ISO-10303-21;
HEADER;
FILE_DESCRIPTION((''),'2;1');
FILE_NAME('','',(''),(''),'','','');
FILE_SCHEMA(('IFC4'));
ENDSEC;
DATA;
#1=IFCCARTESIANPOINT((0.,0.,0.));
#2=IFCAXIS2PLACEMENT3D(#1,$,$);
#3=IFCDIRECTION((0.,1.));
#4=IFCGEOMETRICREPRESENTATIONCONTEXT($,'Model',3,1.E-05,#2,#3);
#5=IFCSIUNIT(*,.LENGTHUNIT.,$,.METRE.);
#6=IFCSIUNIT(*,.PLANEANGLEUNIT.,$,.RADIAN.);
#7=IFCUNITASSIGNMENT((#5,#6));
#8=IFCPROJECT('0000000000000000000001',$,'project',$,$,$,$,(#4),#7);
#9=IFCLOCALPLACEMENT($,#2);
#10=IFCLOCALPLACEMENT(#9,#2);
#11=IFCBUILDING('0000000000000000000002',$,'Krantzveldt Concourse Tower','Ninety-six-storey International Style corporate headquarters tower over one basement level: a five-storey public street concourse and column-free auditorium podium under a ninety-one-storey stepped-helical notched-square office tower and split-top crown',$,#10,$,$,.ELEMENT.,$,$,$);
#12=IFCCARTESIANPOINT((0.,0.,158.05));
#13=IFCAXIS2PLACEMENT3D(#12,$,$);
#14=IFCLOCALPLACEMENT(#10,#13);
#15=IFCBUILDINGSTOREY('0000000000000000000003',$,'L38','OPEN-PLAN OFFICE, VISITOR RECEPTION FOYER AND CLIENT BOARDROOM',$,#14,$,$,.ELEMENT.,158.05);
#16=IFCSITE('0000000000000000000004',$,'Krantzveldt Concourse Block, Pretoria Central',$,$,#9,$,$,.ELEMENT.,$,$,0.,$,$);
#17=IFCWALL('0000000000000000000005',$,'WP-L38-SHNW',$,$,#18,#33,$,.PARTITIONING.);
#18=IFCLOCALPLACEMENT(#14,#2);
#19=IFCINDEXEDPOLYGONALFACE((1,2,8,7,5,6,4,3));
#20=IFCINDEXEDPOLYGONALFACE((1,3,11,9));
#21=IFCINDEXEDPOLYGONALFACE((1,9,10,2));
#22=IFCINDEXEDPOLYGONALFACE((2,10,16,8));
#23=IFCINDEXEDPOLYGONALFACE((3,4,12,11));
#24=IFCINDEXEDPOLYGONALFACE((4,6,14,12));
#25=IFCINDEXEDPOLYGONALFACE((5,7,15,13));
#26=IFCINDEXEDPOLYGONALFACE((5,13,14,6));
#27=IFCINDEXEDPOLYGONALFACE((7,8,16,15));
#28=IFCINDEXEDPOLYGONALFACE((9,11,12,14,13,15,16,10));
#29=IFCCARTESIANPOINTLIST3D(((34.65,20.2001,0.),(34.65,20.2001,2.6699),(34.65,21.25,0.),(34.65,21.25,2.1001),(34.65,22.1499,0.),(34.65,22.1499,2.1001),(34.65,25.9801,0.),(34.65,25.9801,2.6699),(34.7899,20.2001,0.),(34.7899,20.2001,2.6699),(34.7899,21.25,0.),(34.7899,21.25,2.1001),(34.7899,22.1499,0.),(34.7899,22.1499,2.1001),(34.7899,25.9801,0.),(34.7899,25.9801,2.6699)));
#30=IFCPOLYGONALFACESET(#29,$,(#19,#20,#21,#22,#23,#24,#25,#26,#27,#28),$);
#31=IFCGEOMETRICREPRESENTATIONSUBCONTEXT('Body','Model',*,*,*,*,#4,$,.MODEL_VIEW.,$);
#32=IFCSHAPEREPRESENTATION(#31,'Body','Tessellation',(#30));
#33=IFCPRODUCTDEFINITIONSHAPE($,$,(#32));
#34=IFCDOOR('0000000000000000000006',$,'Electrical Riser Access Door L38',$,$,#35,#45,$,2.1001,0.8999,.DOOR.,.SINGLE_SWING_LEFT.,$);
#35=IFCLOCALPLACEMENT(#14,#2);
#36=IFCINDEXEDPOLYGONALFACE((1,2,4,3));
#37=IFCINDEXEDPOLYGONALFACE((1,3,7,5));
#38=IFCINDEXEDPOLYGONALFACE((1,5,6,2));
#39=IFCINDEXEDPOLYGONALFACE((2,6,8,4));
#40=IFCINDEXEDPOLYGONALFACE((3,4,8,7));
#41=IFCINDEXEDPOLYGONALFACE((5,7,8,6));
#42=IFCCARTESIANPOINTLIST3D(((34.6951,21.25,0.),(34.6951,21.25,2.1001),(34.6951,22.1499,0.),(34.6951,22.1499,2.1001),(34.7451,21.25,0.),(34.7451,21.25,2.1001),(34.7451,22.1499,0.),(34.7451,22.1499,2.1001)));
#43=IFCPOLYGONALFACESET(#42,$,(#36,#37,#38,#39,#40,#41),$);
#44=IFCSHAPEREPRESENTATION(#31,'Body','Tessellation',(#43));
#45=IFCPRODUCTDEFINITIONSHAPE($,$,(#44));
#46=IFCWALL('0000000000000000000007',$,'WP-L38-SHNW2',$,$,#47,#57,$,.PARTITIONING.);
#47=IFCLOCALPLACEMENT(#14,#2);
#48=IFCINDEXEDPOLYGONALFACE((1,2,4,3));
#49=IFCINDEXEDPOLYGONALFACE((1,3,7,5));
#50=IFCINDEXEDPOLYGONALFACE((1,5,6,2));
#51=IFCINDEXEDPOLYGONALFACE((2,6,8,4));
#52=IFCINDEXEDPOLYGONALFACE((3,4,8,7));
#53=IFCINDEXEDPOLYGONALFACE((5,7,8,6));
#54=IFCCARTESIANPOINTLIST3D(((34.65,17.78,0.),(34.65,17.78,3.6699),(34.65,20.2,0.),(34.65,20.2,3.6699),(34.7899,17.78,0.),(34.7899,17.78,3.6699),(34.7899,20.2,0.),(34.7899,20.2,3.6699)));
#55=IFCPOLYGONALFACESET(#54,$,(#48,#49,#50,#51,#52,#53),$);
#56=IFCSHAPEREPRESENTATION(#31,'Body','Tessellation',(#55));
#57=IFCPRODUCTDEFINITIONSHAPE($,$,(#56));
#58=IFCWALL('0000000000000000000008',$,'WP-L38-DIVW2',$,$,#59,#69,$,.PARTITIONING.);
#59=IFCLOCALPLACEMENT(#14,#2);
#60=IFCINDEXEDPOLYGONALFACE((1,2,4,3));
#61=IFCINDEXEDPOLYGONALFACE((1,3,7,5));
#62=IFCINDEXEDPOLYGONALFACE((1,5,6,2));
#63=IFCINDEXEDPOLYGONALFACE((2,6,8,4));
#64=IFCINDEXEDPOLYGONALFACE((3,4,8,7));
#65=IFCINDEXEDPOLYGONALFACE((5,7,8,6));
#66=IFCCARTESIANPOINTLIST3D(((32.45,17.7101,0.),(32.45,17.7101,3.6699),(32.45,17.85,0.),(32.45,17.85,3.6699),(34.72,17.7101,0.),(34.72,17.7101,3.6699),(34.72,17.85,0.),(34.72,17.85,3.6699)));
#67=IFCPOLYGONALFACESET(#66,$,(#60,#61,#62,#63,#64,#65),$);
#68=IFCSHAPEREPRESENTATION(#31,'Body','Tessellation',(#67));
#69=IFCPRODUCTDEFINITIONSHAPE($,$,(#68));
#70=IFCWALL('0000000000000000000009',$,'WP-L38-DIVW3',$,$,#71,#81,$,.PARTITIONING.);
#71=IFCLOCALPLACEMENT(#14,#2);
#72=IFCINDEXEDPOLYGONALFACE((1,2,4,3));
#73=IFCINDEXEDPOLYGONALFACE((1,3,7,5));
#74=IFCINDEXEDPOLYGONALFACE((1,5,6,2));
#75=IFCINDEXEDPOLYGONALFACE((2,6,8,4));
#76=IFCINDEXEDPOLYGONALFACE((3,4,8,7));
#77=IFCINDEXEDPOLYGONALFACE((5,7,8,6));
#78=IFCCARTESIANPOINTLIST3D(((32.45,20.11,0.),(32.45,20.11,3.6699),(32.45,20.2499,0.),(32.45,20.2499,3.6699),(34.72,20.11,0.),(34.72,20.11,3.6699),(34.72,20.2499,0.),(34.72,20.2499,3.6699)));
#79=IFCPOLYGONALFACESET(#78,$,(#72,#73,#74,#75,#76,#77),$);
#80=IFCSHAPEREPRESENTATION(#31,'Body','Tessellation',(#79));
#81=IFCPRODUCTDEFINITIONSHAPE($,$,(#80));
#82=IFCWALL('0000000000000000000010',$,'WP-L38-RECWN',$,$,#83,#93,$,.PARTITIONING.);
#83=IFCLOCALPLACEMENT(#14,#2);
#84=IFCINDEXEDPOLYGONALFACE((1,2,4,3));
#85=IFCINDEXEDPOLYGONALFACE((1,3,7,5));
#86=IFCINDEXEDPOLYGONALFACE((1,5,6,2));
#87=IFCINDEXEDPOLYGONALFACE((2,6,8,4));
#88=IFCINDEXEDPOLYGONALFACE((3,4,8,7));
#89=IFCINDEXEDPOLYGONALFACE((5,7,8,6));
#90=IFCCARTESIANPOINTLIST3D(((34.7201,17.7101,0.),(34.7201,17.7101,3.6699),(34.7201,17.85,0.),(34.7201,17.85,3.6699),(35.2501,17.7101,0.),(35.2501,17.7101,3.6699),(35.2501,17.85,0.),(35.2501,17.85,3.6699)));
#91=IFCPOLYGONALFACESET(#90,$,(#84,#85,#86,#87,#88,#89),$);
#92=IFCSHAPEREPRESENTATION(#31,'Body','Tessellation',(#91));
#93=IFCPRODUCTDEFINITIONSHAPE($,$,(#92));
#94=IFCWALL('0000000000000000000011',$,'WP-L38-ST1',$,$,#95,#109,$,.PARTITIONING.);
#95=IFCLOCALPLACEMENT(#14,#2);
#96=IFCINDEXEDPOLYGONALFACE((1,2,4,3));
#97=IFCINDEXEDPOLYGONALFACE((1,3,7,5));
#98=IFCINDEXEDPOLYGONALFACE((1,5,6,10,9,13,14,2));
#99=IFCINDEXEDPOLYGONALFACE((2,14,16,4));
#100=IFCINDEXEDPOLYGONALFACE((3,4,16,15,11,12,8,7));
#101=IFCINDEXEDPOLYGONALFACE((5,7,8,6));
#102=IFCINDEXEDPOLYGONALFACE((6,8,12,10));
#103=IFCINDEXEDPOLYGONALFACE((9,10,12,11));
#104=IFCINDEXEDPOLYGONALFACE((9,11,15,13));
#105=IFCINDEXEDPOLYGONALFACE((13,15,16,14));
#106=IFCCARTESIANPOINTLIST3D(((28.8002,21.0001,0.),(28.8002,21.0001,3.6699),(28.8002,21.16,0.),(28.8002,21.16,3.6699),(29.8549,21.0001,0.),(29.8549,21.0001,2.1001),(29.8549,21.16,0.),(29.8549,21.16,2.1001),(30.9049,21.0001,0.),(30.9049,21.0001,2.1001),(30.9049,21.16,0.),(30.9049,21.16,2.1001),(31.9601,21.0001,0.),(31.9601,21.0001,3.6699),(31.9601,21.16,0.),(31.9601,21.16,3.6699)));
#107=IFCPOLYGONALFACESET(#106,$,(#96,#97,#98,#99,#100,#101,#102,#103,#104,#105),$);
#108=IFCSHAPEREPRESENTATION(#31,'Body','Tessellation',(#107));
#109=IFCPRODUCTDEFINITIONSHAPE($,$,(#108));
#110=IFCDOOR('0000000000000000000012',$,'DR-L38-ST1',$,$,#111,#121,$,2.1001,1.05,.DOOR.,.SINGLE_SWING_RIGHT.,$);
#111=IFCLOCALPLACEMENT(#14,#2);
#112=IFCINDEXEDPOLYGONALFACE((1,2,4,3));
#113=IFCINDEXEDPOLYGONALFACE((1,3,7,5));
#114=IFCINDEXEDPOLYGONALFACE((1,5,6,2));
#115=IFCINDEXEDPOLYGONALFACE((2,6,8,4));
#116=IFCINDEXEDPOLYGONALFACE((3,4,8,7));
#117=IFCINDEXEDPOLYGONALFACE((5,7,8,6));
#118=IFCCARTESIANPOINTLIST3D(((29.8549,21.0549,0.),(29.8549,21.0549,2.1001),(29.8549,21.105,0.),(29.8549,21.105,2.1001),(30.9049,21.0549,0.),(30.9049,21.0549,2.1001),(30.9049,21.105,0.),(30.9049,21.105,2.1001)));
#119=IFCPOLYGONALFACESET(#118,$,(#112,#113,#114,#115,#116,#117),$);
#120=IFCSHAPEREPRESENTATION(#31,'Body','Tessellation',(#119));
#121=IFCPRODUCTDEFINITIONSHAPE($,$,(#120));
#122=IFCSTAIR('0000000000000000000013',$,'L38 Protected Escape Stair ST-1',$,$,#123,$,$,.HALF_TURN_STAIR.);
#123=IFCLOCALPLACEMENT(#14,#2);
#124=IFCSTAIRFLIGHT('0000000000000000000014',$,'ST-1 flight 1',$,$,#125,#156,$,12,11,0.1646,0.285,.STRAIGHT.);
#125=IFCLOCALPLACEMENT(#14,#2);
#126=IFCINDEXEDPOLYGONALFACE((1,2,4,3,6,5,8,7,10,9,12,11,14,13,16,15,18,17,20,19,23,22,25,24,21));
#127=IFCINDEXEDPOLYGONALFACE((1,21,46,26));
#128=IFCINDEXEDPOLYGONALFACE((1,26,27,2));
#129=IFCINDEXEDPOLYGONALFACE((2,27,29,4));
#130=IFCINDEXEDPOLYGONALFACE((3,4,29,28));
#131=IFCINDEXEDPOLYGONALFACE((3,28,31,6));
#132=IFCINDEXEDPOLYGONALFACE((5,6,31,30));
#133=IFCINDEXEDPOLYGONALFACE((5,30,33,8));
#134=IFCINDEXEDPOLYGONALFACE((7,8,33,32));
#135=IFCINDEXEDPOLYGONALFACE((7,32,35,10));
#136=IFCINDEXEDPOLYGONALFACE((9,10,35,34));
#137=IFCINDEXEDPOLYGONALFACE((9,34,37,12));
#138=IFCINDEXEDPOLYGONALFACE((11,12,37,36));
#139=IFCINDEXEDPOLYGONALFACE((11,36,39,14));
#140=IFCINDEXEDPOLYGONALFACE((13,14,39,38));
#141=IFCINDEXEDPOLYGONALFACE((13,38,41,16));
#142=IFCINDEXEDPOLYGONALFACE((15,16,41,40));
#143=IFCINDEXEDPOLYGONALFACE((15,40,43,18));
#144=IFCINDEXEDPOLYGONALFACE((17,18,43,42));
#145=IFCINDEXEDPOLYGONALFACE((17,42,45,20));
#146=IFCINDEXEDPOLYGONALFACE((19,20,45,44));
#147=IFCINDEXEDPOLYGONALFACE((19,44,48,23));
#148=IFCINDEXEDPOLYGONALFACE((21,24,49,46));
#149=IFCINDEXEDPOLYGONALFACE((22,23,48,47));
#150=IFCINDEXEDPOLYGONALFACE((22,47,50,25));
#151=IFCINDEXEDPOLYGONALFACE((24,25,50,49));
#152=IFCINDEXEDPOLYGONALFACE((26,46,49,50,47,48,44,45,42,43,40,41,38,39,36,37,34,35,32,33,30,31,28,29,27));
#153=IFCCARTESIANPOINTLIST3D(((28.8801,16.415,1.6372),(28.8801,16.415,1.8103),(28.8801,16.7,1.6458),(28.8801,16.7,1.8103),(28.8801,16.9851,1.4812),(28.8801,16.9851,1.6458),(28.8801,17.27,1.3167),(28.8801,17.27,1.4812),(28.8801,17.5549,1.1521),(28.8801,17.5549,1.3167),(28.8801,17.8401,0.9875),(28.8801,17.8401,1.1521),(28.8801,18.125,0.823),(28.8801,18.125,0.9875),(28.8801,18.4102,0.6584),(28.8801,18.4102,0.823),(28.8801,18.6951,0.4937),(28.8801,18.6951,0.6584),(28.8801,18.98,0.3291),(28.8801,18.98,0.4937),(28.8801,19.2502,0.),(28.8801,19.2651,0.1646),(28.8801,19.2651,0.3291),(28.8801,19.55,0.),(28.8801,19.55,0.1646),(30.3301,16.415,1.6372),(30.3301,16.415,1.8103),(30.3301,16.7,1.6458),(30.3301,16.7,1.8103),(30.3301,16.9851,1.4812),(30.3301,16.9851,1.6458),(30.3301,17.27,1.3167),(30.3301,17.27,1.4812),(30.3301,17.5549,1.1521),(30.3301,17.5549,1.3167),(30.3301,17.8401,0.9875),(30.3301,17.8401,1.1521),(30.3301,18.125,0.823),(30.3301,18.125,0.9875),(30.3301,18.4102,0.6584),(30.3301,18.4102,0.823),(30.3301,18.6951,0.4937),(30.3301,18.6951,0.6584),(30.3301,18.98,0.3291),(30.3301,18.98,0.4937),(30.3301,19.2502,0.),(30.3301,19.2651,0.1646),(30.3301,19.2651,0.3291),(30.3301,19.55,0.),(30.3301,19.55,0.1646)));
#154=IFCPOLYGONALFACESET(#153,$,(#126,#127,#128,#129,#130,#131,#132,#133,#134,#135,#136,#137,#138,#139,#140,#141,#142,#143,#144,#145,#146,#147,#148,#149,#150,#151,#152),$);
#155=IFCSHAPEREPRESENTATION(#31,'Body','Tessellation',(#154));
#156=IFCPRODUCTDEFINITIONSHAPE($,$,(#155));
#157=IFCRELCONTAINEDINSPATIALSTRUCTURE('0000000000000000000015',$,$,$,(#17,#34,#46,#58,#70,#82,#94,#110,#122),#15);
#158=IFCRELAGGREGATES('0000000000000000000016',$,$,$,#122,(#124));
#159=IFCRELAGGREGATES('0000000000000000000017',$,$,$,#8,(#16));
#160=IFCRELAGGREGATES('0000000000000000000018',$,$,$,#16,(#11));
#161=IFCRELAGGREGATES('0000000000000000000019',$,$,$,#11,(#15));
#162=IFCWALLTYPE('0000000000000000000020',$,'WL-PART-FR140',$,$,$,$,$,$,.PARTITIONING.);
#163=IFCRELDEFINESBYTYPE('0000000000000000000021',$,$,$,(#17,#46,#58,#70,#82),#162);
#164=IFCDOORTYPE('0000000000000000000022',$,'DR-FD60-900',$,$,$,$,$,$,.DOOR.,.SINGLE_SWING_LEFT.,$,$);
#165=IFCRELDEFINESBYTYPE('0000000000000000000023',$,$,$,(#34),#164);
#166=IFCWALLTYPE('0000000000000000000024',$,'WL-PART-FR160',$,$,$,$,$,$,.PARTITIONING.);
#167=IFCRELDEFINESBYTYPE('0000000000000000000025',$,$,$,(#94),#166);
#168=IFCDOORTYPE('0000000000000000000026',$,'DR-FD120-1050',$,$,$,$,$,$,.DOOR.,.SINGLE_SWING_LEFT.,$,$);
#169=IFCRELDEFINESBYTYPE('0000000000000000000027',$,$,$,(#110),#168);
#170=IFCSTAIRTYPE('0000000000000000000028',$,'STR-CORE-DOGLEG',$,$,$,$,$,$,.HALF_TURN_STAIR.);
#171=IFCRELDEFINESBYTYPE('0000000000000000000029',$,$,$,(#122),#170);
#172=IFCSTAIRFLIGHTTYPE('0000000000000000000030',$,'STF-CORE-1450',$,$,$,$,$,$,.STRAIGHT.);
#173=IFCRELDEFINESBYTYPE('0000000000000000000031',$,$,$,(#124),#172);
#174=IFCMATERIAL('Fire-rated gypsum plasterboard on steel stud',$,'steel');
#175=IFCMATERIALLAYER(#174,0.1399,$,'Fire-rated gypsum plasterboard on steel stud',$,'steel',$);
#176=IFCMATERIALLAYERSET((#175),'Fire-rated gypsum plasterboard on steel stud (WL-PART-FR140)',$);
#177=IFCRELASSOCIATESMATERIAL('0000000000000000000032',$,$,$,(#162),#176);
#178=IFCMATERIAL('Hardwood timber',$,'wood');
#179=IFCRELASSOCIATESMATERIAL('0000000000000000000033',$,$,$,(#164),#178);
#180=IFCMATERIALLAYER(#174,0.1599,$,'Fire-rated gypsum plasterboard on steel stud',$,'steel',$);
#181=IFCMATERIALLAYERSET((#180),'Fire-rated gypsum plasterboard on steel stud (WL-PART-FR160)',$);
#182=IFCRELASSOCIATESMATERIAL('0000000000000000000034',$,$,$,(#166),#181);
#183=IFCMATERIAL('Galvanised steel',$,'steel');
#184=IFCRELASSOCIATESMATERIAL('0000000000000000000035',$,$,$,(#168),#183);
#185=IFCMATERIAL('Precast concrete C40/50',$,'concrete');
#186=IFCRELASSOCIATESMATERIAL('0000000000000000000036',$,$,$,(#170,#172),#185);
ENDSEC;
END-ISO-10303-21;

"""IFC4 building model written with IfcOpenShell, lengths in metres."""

from ifc_helpers import new_model, si_unit, direction, frame, frame_2d, origin, place, context, subcontext, project, spatial, polyline, rectangle, outline, extrude, material, layer, layer_set, type_object, element, fill, aggregate, save


model = new_model("IFC4")

# Units and contexts
model_context = context("Model", 3, precision=1e-05, world=origin(), true_north=direction((0.0, 1.0)))
body_context = subcontext(model_context, "Body", "Model", "MODEL_VIEW")
ifc_project = project(units=[si_unit("LENGTHUNIT", "METRE"), si_unit("PLANEANGLEUNIT", "RADIAN")], contexts=[model_context])

# Site, building, storey
site_placement = place(None, origin())
site = spatial("IfcSite", under=ifc_project, at=site_placement, Name="Krantzveldt Concourse Block, Pretoria Central", CompositionType="ELEMENT", RefElevation=0.0)
building_placement = place(site_placement, origin())
building = spatial("IfcBuilding", under=site, at=building_placement, Name="Krantzveldt Concourse Tower", Description="Ninety-six-storey International Style corporate headquarters tower over one basement level: a five-storey public street concourse and column-free auditorium podium under a ninety-one-storey stepped-helical notched-square office tower and split-top crown", CompositionType="ELEMENT")
storey_placement = place(building_placement, frame((0.0, 0.0, 158.05)))
storey = spatial("IfcBuildingStorey", under=building, at=storey_placement, Name="L38", Description="OPEN-PLAN OFFICE, VISITOR RECEPTION FOYER AND CLIENT BOARDROOM", CompositionType="ELEMENT", Elevation=158.05)

# Wall, opening, door
ifc_material_1 = material(Name="Fire-rated gypsum plasterboard on steel stud", Category="steel")
ifc_layer_1 = layer(ifc_material_1, 0.1399, Name="Fire-rated gypsum plasterboard on steel stud", Category="steel")
ifc_layer_set_1 = layer_set([ifc_layer_1], Name="Fire-rated gypsum plasterboard on steel stud (WL-PART-FR140)")
wall_type_1 = type_object("IfcWallType", Name="WL-PART-FR140", PredefinedType="PARTITIONING", material=ifc_layer_set_1)
wall_1_placement = place(storey_placement, frame((34.72, 20.2, 0.0), z_axis=(0.0, 0.0, 1.0), x_axis=(0.0, 1.0, 0.0)))
wall_1 = element("IfcWall", 1, at=wall_1_placement, inside=storey, type_object=wall_type_1, Name="WP-L38-SHNW", PredefinedType="PARTITIONING", context=body_context, shape_type="SweptSolid", body=[
    extrude(rectangle(XDim=5.78, YDim=0.1399, at=frame_2d((2.8901, 0.0))), origin(), (0.0, 0.0, 1.0), 2.6699),
])
opening_1_placement = place(wall_1_placement, frame((1.05, 0.0, 0.0)))
opening_1 = element("IfcOpeningElement", 2, at=opening_1_placement, cuts=wall_1, PredefinedType="OPENING", context=body_context, shape_type="SweptSolid", body=[
    extrude(rectangle(XDim=0.8999, YDim=2.1001, at=frame_2d((0.45, 1.05))), frame((0.0, 0.0801, 0.0), z_axis=(0.0, -1.0, 0.0), x_axis=(1.0, 0.0, 0.0)), (0.0, 0.0, 1.0), 0.1599),
])
ifc_material_2 = material(Name="Hardwood timber", Category="wood")
door_type_1 = type_object("IfcDoorType", Name="DR-FD60-900", OperationType="SINGLE_SWING_LEFT", PredefinedType="DOOR", material=ifc_material_2)
door_1_placement = place(opening_1_placement, origin())
door_1 = element("IfcDoor", 3, at=door_1_placement, inside=storey, type_object=door_type_1, Name="Electrical Riser Access Door L38", OperationType="SINGLE_SWING_LEFT", OverallHeight=2.1001, OverallWidth=0.8999, PredefinedType="DOOR", context=body_context, shape_type="SweptSolid", body=[
    extrude(rectangle(XDim=0.8999, YDim=2.1001, at=frame_2d((0.45, 1.05))), frame((0.0, 0.0249, 0.0), z_axis=(0.0, -1.0, 0.0), x_axis=(1.0, 0.0, 0.0)), (0.0, 0.0, 1.0), 0.05),
])
fill(opening_1, door_1)

# Walls
wall_2_placement = place(storey_placement, frame((34.72, 17.78, 0.0), z_axis=(0.0, 0.0, 1.0), x_axis=(0.0, 1.0, 0.0)))
element("IfcWall", 4, at=wall_2_placement, inside=storey, type_object=wall_type_1, Name="WP-L38-SHNW2", PredefinedType="PARTITIONING", context=body_context, shape_type="SweptSolid", body=[
    extrude(rectangle(XDim=2.4199, YDim=0.1399, at=frame_2d((1.21, 0.0))), origin(), (0.0, 0.0, 1.0), 3.6699),
])
for number, where, z_axis, x_axis, name in (
    (5, (32.45, 17.78, 0.0), (0.0, 0.0, 1.0), (1.0, 0.0, 0.0), "WP-L38-DIVW2"),
    (6, (32.45, 20.1799, 0.0), (0.0, 0.0, 1.0), (1.0, 0.0, 0.0), "WP-L38-DIVW3"),
):
    element("IfcWall", number, at=place(storey_placement, frame(where, z_axis=z_axis, x_axis=x_axis)), inside=storey, type_object=wall_type_1, Name=name, PredefinedType="PARTITIONING", context=body_context, shape_type="SweptSolid", body=[
        extrude(rectangle(XDim=2.27, YDim=0.1399, at=frame_2d((1.135, 0.0))), origin(), (0.0, 0.0, 1.0), 3.6699),
    ])
wall_3_placement = place(storey_placement, frame((34.72, 17.78, 0.0), z_axis=(0.0, 0.0, 1.0), x_axis=(1.0, 0.0, 0.0)))
element("IfcWall", 7, at=wall_3_placement, inside=storey, type_object=wall_type_1, Name="WP-L38-RECWN", PredefinedType="PARTITIONING", context=body_context, shape_type="SweptSolid", body=[
    extrude(rectangle(XDim=0.53, YDim=0.1399, at=frame_2d((0.2651, 0.0))), origin(), (0.0, 0.0, 1.0), 3.6699),
])

# Wall, opening, door
ifc_layer_2 = layer(ifc_material_1, 0.1599, Name="Fire-rated gypsum plasterboard on steel stud", Category="steel")
ifc_layer_set_2 = layer_set([ifc_layer_2], Name="Fire-rated gypsum plasterboard on steel stud (WL-PART-FR160)")
wall_type_2 = type_object("IfcWallType", Name="WL-PART-FR160", PredefinedType="PARTITIONING", material=ifc_layer_set_2)
wall_4_placement = place(storey_placement, frame((28.8, 21.0801, 0.0), z_axis=(0.0, 0.0, 1.0), x_axis=(1.0, 0.0, 0.0)))
wall_4 = element("IfcWall", 8, at=wall_4_placement, inside=storey, type_object=wall_type_2, Name="WP-L38-ST1", PredefinedType="PARTITIONING", context=body_context, shape_type="SweptSolid", body=[
    extrude(rectangle(XDim=3.1599, YDim=0.1599, at=frame_2d((1.5801, 0.0))), origin(), (0.0, 0.0, 1.0), 3.6699),
])
opening_2_placement = place(wall_4_placement, frame((1.0549, 0.0, 0.0)))
opening_2 = element("IfcOpeningElement", 9, at=opening_2_placement, cuts=wall_4, PredefinedType="OPENING", context=body_context, shape_type="SweptSolid", body=[
    extrude(rectangle(XDim=1.05, YDim=2.1001, at=frame_2d((0.5249, 1.05))), frame((0.0, 0.0898, 0.0), z_axis=(0.0, -1.0, 0.0), x_axis=(1.0, 0.0, 0.0)), (0.0, 0.0, 1.0), 0.1799),
])
ifc_material_3 = material(Name="Galvanised steel", Category="steel")
door_type_2 = type_object("IfcDoorType", Name="DR-FD120-1050", OperationType="SINGLE_SWING_LEFT", PredefinedType="DOOR", material=ifc_material_3)
door_2_placement = place(opening_2_placement, origin())
door_2 = element("IfcDoor", 10, at=door_2_placement, inside=storey, type_object=door_type_2, Name="DR-L38-ST1", OperationType="SINGLE_SWING_RIGHT", OverallHeight=2.1001, OverallWidth=1.05, PredefinedType="DOOR", context=body_context, shape_type="SweptSolid", body=[
    extrude(rectangle(XDim=1.05, YDim=2.1001, at=frame_2d((0.5249, 1.05))), frame((0.0, 0.0249, 0.0), z_axis=(0.0, -1.0, 0.0), x_axis=(1.0, 0.0, 0.0)), (0.0, 0.0, 1.0), 0.05),
])
fill(opening_2, door_2)

# Stair, stair flight
ifc_material_4 = material(Name="Precast concrete C40/50", Category="concrete")
stair_type = type_object("IfcStairType", Name="STR-CORE-DOGLEG", PredefinedType="HALF_TURN_STAIR", material=ifc_material_4)
stair_placement = place(storey_placement, origin())
stair = element("IfcStair", 11, at=stair_placement, inside=storey, type_object=stair_type, Name="L38 Protected Escape Stair ST-1", PredefinedType="HALF_TURN_STAIR")
stair_flight_type = type_object("IfcStairFlightType", Name="STF-CORE-1450", PredefinedType="STRAIGHT", material=ifc_material_4)
stair_flight_1_placement = place(storey_placement, frame((29.605, 19.55, 0.0), z_axis=(0.0, 0.0, 1.0), x_axis=(0.0, -1.0, 0.0)))
stair_flight_1 = element("IfcStairFlight", 12, at=stair_flight_1_placement, type_object=stair_flight_type, Name="ST-1 flight 1", NumberOfRisers=12, NumberOfTreads=11, PredefinedType="STRAIGHT", RiserHeight=0.1646, TreadLength=0.285, context=body_context, shape_type="SweptSolid", body=[
    extrude(outline(polyline([(0.0, 0.0), (0.0, 0.1646), (0.2849, 0.1646), (0.2849, 0.3291), (0.5701, 0.3291), (0.5701, 0.4937), (0.855, 0.4937), (0.855, 0.6584), (1.1399, 0.6584), (1.1399, 0.823), (1.425, 0.823), (1.425, 0.9875), (1.71, 0.9875), (1.71, 1.1521), (1.9951, 1.1521), (1.9951, 1.3167), (2.28, 1.3167), (2.28, 1.4812), (2.5649, 1.4812), (2.5649, 1.6458), (2.8501, 1.6458), (2.8501, 1.8103), (3.135, 1.8103), (3.135, 1.9751), (3.135, 1.6372), (0.2998, 0.0), (0.0, 0.0)])), frame((0.0, 0.7251, 0.0), z_axis=(0.0, -1.0, 0.0), x_axis=(1.0, 0.0, 0.0)), (0.0, 0.0, 1.0), 1.45),
])
aggregate(stair, [stair_flight_1])

save(model, "model.ifc")
